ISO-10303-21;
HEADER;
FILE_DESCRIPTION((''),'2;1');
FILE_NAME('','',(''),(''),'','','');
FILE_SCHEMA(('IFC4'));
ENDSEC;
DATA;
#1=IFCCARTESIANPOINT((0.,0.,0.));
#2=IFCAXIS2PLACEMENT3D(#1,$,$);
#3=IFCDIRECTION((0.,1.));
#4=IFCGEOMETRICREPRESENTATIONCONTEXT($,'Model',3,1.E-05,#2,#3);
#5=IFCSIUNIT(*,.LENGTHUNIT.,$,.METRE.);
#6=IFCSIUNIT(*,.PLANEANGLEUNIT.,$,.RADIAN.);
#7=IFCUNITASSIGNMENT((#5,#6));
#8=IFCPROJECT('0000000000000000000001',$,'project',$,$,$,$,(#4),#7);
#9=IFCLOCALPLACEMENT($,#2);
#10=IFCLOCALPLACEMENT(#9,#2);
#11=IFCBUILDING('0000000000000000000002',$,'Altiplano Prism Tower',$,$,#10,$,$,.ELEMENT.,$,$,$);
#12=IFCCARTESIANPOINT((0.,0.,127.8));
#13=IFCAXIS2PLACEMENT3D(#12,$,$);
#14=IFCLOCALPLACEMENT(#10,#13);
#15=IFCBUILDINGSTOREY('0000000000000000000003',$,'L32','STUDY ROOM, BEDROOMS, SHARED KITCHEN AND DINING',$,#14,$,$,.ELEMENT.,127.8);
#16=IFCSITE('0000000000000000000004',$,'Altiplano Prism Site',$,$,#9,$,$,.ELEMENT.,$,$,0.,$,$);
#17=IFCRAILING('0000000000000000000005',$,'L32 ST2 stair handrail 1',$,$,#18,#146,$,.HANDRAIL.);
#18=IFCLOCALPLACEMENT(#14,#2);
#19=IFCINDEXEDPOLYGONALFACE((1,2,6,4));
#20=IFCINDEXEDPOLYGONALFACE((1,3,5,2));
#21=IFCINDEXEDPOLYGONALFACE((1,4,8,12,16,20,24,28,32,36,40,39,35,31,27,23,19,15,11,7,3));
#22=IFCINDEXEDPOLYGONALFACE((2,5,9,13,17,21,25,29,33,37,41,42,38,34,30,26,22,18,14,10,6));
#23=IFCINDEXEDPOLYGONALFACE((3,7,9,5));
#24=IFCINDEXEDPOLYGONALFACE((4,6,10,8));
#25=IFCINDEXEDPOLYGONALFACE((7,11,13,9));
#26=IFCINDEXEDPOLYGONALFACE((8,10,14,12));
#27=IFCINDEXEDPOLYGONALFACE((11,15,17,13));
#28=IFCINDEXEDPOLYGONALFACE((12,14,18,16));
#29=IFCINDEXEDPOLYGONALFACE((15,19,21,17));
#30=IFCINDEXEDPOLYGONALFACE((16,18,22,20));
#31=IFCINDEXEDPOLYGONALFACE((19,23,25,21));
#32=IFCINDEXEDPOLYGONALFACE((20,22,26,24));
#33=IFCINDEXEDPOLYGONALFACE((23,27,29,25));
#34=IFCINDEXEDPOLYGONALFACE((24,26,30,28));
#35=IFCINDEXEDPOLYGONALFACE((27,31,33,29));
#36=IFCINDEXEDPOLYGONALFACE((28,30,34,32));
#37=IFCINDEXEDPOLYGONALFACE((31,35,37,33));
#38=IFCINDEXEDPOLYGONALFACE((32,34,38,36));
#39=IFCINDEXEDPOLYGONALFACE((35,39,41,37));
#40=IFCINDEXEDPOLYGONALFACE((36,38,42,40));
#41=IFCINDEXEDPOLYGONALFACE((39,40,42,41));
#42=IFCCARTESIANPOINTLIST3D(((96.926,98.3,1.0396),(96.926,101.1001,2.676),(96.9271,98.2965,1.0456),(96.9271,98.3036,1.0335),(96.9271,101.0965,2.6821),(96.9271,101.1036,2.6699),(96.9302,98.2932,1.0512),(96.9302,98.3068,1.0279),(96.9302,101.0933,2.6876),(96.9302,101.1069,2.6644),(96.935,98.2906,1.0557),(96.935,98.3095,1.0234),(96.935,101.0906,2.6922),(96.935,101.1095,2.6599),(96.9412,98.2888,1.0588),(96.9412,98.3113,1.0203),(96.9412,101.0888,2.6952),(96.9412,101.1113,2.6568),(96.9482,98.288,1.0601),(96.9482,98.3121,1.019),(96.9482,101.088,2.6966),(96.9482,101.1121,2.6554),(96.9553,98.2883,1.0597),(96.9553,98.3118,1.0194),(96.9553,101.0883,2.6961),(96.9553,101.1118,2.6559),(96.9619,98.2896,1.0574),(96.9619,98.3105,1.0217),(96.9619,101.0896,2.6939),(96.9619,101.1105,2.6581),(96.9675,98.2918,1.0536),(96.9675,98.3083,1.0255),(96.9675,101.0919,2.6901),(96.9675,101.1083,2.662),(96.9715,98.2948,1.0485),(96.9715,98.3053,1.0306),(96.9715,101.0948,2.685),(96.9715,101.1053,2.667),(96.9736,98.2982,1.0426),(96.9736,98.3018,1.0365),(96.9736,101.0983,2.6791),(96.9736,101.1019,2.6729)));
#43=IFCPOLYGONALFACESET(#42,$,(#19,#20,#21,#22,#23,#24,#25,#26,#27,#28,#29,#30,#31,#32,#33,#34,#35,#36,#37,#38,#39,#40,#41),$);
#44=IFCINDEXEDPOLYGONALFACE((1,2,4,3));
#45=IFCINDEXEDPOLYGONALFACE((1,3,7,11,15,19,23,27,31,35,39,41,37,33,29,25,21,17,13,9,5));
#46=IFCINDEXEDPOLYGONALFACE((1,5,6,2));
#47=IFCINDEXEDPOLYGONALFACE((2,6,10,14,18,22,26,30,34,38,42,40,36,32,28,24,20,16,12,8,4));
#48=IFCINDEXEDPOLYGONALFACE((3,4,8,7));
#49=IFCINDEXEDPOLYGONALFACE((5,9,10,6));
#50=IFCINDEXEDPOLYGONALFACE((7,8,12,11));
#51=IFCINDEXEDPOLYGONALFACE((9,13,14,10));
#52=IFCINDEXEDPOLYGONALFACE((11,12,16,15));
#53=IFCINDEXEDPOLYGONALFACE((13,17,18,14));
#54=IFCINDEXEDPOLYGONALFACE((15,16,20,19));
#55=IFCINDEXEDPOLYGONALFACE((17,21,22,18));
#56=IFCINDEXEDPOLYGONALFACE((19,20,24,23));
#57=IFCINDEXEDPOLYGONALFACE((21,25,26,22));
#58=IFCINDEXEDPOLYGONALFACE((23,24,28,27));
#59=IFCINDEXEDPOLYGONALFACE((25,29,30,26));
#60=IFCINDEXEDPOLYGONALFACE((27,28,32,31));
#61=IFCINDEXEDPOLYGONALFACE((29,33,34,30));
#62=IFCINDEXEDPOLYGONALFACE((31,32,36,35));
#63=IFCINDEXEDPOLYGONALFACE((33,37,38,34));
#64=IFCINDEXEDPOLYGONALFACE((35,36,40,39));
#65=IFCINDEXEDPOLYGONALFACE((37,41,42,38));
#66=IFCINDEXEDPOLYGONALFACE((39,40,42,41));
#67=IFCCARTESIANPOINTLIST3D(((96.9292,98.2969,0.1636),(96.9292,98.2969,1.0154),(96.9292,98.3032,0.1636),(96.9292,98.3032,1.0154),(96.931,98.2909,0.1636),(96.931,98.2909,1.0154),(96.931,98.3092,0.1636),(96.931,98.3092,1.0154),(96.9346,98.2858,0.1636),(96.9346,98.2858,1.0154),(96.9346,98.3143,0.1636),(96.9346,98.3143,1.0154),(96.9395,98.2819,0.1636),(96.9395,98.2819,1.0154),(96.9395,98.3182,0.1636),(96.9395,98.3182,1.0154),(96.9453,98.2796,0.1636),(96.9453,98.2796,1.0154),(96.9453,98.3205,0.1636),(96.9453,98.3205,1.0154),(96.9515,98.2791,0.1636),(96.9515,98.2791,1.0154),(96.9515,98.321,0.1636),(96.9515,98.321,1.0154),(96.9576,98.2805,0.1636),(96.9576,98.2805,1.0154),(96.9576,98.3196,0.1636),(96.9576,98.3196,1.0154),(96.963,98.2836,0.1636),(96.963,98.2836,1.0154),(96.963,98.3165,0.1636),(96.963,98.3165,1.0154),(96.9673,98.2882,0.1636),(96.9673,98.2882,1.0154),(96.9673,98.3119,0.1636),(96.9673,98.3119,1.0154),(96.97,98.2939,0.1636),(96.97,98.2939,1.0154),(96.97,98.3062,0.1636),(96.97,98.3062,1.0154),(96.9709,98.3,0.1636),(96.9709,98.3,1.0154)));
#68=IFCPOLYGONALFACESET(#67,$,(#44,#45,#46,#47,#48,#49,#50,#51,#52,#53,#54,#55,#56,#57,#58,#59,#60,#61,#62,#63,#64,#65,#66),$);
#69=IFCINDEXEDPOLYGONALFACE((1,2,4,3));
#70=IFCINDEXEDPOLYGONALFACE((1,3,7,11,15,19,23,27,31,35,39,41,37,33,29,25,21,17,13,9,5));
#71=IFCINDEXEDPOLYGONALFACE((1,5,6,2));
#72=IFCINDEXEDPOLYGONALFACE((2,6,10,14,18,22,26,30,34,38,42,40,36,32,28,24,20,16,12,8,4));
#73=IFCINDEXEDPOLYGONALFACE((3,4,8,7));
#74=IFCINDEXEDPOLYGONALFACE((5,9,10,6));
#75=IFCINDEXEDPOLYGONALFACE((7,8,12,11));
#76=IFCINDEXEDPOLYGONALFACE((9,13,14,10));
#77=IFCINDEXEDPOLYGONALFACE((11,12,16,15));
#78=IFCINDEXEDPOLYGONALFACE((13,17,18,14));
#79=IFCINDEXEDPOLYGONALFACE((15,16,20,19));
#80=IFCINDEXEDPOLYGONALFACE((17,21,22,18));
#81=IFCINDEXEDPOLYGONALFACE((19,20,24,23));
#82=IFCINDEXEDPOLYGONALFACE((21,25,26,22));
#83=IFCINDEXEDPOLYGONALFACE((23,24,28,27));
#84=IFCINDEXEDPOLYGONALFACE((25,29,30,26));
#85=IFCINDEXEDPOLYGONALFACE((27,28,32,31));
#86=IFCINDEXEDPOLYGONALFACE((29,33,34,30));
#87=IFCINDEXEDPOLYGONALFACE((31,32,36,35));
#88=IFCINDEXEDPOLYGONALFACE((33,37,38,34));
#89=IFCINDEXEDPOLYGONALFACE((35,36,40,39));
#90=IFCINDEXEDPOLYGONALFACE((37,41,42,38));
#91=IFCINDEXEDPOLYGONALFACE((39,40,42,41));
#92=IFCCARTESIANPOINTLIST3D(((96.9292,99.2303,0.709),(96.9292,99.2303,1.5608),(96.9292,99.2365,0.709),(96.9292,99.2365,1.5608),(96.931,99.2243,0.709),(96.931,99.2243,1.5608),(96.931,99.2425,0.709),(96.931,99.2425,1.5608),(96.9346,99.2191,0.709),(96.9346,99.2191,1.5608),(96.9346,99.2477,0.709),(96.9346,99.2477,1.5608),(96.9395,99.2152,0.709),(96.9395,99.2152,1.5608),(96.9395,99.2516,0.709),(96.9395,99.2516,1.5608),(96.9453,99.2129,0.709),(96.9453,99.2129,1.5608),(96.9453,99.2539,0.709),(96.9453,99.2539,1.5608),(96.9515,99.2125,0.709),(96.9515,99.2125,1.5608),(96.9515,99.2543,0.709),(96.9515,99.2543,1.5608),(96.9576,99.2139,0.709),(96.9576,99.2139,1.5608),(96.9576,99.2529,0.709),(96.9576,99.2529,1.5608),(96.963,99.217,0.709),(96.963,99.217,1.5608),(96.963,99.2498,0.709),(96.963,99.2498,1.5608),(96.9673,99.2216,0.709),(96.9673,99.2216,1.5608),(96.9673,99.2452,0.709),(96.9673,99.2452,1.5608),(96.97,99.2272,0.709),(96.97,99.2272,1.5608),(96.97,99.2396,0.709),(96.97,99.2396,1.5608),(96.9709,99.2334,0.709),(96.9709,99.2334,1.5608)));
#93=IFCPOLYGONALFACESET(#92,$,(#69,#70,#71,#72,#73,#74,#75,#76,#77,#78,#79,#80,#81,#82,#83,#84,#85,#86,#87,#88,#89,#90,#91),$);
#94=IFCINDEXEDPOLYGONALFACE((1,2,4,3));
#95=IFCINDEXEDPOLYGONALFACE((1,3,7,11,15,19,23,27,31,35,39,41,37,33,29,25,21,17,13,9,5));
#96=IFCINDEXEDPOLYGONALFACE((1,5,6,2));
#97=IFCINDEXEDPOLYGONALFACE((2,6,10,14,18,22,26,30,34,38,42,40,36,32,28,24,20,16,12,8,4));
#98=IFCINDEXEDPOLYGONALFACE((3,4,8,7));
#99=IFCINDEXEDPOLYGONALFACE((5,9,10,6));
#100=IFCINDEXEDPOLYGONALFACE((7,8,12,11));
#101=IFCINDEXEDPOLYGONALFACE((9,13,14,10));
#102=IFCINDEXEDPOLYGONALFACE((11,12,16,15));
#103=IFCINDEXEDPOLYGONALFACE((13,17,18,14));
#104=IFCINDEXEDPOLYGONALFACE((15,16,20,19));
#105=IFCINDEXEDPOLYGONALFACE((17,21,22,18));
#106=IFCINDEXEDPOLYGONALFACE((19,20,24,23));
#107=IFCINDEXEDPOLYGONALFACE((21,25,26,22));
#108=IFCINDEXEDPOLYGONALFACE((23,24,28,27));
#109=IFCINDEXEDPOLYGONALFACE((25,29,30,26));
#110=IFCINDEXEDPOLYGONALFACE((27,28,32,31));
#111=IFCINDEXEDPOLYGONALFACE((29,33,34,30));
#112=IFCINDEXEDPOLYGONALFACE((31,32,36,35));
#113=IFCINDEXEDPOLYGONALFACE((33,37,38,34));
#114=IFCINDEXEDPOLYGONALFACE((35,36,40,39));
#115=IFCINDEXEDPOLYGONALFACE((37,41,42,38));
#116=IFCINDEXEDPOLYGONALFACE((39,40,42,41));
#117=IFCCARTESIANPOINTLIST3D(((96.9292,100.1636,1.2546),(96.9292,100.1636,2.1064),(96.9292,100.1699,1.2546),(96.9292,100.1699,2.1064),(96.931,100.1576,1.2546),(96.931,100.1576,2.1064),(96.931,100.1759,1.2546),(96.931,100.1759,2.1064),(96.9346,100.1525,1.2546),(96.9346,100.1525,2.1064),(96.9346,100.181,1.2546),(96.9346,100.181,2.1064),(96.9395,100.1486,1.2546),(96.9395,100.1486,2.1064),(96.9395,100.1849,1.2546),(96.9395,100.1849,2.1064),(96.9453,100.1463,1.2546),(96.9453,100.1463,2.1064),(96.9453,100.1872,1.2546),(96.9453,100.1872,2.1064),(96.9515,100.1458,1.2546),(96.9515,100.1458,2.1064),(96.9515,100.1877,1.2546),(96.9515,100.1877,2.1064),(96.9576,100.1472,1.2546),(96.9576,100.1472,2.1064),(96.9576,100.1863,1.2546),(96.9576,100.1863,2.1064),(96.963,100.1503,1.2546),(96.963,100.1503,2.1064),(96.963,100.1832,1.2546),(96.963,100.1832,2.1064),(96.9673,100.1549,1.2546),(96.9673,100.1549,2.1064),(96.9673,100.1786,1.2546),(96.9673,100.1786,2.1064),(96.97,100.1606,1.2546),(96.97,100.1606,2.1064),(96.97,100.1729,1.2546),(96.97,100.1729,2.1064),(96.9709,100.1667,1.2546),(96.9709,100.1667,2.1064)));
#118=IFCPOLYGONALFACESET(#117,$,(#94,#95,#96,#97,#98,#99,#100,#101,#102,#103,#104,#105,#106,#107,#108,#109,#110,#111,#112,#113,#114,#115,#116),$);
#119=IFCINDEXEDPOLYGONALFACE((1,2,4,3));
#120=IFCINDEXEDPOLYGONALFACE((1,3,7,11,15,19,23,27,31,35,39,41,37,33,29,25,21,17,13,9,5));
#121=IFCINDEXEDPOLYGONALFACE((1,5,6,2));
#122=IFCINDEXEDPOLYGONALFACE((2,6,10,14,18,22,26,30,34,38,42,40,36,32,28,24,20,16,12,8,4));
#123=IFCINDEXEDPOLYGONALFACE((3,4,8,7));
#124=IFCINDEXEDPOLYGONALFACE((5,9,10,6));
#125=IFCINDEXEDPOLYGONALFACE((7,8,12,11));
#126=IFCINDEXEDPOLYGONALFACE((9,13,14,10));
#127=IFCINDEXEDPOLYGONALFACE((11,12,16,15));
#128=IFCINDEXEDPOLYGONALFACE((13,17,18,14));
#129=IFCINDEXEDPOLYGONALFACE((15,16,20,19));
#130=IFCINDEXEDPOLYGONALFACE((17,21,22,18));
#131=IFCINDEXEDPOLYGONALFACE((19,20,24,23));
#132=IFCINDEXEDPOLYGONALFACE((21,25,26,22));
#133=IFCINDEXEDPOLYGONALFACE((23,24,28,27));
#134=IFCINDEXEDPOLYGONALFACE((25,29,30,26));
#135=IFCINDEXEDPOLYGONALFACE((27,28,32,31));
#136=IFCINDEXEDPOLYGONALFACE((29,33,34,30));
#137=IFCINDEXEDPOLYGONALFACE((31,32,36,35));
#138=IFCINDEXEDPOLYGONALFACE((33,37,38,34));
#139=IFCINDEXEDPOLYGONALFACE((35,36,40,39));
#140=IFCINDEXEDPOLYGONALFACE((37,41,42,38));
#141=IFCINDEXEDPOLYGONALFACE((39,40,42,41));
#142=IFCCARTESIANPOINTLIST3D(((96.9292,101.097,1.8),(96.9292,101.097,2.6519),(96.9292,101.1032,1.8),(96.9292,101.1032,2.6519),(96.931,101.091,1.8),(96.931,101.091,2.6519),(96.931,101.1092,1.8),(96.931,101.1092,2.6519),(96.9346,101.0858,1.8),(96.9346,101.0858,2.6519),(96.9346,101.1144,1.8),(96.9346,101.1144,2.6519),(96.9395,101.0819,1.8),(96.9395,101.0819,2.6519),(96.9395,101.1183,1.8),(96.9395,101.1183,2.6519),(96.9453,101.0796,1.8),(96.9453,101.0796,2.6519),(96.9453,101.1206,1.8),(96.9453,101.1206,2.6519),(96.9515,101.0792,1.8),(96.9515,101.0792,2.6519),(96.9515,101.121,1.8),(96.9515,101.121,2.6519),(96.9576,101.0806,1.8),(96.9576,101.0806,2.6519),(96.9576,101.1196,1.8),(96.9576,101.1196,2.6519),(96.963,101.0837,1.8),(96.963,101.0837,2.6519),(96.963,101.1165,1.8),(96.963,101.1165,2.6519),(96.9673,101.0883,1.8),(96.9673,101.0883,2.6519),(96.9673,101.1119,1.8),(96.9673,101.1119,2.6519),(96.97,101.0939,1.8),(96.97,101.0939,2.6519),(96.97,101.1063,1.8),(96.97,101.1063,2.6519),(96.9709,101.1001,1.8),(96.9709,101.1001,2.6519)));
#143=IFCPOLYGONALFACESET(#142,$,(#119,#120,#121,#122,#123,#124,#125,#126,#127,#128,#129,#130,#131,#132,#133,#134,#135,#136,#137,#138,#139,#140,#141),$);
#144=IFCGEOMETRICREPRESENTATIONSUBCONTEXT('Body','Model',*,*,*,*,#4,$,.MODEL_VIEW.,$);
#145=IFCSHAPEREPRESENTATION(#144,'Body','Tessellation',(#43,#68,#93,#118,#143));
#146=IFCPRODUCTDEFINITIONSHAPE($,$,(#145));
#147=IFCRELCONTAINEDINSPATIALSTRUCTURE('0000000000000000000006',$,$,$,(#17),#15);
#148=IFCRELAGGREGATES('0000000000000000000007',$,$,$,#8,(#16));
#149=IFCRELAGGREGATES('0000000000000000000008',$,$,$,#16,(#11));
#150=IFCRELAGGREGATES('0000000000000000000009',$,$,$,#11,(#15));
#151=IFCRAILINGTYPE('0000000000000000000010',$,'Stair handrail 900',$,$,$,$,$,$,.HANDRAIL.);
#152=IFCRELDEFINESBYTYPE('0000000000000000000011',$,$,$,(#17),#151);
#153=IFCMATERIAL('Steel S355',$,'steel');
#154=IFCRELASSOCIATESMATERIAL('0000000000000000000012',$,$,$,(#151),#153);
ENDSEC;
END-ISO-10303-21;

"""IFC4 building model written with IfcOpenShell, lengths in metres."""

from ifc_helpers import new_model, si_unit, direction, frame, origin, origin_2d, place, context, subcontext, project, spatial, circle, extrude, material, type_object, element, save


model = new_model("IFC4")

# Units and contexts
model_context = context("Model", 3, precision=1e-05, world=origin(), true_north=direction((0.0, 1.0)))
body_context = subcontext(model_context, "Body", "Model", "MODEL_VIEW")
ifc_project = project(units=[si_unit("LENGTHUNIT", "METRE"), si_unit("PLANEANGLEUNIT", "RADIAN")], contexts=[model_context])

# Site, building, storey
site_placement = place(None, origin())
site = spatial("IfcSite", under=ifc_project, at=site_placement, Name="Altiplano Prism Site", CompositionType="ELEMENT", RefElevation=0.0)
building_placement = place(site_placement, origin())
building = spatial("IfcBuilding", under=site, at=building_placement, Name="Altiplano Prism Tower", CompositionType="ELEMENT")
storey_placement = place(building_placement, frame((0.0, 0.0, 127.8)))
storey = spatial("IfcBuildingStorey", under=building, at=storey_placement, Name="L32", Description="STUDY ROOM, BEDROOMS, SHARED KITCHEN AND DINING", CompositionType="ELEMENT", Elevation=127.8)

# Railing
ifc_material_1 = material(Name="Steel S355", Category="steel")
railing_type_1 = type_object("IfcRailingType", Name="Stair handrail 900", PredefinedType="HANDRAIL", material=ifc_material_1)
railing_1_placement = place(storey_placement, frame((96.95, 98.3, 0.1636)))
element("IfcRailing", 1, at=railing_1_placement, inside=storey, type_object=railing_type_1, Name="L32 ST2 stair handrail 1", PredefinedType="HANDRAIL", context=body_context, shape_type="SweptSolid", body=[
    extrude(circle(Radius=0.0239, at=origin_2d()), frame((0.0, 0.0, 0.876), z_axis=(0.0, 0.863361, 0.504587), x_axis=(-1.0, 0.0, 0.0)), (0.0, 0.0, 1.0), 3.2432),
    extrude(circle(Radius=0.021, at=origin_2d()), origin(), (0.0, 0.0, 1.0), 0.8518),
    extrude(circle(Radius=0.021, at=origin_2d()), frame((0.0, 0.9333, 0.5454)), (0.0, 0.0, 1.0), 0.8518),
    extrude(circle(Radius=0.021, at=origin_2d()), frame((0.0, 1.8667, 1.0911)), (0.0, 0.0, 1.0), 0.8518),
    extrude(circle(Radius=0.021, at=origin_2d()), frame((0.0, 2.8, 1.6365)), (0.0, 0.0, 1.0), 0.8518),
])

save(model, "model.ifc")
